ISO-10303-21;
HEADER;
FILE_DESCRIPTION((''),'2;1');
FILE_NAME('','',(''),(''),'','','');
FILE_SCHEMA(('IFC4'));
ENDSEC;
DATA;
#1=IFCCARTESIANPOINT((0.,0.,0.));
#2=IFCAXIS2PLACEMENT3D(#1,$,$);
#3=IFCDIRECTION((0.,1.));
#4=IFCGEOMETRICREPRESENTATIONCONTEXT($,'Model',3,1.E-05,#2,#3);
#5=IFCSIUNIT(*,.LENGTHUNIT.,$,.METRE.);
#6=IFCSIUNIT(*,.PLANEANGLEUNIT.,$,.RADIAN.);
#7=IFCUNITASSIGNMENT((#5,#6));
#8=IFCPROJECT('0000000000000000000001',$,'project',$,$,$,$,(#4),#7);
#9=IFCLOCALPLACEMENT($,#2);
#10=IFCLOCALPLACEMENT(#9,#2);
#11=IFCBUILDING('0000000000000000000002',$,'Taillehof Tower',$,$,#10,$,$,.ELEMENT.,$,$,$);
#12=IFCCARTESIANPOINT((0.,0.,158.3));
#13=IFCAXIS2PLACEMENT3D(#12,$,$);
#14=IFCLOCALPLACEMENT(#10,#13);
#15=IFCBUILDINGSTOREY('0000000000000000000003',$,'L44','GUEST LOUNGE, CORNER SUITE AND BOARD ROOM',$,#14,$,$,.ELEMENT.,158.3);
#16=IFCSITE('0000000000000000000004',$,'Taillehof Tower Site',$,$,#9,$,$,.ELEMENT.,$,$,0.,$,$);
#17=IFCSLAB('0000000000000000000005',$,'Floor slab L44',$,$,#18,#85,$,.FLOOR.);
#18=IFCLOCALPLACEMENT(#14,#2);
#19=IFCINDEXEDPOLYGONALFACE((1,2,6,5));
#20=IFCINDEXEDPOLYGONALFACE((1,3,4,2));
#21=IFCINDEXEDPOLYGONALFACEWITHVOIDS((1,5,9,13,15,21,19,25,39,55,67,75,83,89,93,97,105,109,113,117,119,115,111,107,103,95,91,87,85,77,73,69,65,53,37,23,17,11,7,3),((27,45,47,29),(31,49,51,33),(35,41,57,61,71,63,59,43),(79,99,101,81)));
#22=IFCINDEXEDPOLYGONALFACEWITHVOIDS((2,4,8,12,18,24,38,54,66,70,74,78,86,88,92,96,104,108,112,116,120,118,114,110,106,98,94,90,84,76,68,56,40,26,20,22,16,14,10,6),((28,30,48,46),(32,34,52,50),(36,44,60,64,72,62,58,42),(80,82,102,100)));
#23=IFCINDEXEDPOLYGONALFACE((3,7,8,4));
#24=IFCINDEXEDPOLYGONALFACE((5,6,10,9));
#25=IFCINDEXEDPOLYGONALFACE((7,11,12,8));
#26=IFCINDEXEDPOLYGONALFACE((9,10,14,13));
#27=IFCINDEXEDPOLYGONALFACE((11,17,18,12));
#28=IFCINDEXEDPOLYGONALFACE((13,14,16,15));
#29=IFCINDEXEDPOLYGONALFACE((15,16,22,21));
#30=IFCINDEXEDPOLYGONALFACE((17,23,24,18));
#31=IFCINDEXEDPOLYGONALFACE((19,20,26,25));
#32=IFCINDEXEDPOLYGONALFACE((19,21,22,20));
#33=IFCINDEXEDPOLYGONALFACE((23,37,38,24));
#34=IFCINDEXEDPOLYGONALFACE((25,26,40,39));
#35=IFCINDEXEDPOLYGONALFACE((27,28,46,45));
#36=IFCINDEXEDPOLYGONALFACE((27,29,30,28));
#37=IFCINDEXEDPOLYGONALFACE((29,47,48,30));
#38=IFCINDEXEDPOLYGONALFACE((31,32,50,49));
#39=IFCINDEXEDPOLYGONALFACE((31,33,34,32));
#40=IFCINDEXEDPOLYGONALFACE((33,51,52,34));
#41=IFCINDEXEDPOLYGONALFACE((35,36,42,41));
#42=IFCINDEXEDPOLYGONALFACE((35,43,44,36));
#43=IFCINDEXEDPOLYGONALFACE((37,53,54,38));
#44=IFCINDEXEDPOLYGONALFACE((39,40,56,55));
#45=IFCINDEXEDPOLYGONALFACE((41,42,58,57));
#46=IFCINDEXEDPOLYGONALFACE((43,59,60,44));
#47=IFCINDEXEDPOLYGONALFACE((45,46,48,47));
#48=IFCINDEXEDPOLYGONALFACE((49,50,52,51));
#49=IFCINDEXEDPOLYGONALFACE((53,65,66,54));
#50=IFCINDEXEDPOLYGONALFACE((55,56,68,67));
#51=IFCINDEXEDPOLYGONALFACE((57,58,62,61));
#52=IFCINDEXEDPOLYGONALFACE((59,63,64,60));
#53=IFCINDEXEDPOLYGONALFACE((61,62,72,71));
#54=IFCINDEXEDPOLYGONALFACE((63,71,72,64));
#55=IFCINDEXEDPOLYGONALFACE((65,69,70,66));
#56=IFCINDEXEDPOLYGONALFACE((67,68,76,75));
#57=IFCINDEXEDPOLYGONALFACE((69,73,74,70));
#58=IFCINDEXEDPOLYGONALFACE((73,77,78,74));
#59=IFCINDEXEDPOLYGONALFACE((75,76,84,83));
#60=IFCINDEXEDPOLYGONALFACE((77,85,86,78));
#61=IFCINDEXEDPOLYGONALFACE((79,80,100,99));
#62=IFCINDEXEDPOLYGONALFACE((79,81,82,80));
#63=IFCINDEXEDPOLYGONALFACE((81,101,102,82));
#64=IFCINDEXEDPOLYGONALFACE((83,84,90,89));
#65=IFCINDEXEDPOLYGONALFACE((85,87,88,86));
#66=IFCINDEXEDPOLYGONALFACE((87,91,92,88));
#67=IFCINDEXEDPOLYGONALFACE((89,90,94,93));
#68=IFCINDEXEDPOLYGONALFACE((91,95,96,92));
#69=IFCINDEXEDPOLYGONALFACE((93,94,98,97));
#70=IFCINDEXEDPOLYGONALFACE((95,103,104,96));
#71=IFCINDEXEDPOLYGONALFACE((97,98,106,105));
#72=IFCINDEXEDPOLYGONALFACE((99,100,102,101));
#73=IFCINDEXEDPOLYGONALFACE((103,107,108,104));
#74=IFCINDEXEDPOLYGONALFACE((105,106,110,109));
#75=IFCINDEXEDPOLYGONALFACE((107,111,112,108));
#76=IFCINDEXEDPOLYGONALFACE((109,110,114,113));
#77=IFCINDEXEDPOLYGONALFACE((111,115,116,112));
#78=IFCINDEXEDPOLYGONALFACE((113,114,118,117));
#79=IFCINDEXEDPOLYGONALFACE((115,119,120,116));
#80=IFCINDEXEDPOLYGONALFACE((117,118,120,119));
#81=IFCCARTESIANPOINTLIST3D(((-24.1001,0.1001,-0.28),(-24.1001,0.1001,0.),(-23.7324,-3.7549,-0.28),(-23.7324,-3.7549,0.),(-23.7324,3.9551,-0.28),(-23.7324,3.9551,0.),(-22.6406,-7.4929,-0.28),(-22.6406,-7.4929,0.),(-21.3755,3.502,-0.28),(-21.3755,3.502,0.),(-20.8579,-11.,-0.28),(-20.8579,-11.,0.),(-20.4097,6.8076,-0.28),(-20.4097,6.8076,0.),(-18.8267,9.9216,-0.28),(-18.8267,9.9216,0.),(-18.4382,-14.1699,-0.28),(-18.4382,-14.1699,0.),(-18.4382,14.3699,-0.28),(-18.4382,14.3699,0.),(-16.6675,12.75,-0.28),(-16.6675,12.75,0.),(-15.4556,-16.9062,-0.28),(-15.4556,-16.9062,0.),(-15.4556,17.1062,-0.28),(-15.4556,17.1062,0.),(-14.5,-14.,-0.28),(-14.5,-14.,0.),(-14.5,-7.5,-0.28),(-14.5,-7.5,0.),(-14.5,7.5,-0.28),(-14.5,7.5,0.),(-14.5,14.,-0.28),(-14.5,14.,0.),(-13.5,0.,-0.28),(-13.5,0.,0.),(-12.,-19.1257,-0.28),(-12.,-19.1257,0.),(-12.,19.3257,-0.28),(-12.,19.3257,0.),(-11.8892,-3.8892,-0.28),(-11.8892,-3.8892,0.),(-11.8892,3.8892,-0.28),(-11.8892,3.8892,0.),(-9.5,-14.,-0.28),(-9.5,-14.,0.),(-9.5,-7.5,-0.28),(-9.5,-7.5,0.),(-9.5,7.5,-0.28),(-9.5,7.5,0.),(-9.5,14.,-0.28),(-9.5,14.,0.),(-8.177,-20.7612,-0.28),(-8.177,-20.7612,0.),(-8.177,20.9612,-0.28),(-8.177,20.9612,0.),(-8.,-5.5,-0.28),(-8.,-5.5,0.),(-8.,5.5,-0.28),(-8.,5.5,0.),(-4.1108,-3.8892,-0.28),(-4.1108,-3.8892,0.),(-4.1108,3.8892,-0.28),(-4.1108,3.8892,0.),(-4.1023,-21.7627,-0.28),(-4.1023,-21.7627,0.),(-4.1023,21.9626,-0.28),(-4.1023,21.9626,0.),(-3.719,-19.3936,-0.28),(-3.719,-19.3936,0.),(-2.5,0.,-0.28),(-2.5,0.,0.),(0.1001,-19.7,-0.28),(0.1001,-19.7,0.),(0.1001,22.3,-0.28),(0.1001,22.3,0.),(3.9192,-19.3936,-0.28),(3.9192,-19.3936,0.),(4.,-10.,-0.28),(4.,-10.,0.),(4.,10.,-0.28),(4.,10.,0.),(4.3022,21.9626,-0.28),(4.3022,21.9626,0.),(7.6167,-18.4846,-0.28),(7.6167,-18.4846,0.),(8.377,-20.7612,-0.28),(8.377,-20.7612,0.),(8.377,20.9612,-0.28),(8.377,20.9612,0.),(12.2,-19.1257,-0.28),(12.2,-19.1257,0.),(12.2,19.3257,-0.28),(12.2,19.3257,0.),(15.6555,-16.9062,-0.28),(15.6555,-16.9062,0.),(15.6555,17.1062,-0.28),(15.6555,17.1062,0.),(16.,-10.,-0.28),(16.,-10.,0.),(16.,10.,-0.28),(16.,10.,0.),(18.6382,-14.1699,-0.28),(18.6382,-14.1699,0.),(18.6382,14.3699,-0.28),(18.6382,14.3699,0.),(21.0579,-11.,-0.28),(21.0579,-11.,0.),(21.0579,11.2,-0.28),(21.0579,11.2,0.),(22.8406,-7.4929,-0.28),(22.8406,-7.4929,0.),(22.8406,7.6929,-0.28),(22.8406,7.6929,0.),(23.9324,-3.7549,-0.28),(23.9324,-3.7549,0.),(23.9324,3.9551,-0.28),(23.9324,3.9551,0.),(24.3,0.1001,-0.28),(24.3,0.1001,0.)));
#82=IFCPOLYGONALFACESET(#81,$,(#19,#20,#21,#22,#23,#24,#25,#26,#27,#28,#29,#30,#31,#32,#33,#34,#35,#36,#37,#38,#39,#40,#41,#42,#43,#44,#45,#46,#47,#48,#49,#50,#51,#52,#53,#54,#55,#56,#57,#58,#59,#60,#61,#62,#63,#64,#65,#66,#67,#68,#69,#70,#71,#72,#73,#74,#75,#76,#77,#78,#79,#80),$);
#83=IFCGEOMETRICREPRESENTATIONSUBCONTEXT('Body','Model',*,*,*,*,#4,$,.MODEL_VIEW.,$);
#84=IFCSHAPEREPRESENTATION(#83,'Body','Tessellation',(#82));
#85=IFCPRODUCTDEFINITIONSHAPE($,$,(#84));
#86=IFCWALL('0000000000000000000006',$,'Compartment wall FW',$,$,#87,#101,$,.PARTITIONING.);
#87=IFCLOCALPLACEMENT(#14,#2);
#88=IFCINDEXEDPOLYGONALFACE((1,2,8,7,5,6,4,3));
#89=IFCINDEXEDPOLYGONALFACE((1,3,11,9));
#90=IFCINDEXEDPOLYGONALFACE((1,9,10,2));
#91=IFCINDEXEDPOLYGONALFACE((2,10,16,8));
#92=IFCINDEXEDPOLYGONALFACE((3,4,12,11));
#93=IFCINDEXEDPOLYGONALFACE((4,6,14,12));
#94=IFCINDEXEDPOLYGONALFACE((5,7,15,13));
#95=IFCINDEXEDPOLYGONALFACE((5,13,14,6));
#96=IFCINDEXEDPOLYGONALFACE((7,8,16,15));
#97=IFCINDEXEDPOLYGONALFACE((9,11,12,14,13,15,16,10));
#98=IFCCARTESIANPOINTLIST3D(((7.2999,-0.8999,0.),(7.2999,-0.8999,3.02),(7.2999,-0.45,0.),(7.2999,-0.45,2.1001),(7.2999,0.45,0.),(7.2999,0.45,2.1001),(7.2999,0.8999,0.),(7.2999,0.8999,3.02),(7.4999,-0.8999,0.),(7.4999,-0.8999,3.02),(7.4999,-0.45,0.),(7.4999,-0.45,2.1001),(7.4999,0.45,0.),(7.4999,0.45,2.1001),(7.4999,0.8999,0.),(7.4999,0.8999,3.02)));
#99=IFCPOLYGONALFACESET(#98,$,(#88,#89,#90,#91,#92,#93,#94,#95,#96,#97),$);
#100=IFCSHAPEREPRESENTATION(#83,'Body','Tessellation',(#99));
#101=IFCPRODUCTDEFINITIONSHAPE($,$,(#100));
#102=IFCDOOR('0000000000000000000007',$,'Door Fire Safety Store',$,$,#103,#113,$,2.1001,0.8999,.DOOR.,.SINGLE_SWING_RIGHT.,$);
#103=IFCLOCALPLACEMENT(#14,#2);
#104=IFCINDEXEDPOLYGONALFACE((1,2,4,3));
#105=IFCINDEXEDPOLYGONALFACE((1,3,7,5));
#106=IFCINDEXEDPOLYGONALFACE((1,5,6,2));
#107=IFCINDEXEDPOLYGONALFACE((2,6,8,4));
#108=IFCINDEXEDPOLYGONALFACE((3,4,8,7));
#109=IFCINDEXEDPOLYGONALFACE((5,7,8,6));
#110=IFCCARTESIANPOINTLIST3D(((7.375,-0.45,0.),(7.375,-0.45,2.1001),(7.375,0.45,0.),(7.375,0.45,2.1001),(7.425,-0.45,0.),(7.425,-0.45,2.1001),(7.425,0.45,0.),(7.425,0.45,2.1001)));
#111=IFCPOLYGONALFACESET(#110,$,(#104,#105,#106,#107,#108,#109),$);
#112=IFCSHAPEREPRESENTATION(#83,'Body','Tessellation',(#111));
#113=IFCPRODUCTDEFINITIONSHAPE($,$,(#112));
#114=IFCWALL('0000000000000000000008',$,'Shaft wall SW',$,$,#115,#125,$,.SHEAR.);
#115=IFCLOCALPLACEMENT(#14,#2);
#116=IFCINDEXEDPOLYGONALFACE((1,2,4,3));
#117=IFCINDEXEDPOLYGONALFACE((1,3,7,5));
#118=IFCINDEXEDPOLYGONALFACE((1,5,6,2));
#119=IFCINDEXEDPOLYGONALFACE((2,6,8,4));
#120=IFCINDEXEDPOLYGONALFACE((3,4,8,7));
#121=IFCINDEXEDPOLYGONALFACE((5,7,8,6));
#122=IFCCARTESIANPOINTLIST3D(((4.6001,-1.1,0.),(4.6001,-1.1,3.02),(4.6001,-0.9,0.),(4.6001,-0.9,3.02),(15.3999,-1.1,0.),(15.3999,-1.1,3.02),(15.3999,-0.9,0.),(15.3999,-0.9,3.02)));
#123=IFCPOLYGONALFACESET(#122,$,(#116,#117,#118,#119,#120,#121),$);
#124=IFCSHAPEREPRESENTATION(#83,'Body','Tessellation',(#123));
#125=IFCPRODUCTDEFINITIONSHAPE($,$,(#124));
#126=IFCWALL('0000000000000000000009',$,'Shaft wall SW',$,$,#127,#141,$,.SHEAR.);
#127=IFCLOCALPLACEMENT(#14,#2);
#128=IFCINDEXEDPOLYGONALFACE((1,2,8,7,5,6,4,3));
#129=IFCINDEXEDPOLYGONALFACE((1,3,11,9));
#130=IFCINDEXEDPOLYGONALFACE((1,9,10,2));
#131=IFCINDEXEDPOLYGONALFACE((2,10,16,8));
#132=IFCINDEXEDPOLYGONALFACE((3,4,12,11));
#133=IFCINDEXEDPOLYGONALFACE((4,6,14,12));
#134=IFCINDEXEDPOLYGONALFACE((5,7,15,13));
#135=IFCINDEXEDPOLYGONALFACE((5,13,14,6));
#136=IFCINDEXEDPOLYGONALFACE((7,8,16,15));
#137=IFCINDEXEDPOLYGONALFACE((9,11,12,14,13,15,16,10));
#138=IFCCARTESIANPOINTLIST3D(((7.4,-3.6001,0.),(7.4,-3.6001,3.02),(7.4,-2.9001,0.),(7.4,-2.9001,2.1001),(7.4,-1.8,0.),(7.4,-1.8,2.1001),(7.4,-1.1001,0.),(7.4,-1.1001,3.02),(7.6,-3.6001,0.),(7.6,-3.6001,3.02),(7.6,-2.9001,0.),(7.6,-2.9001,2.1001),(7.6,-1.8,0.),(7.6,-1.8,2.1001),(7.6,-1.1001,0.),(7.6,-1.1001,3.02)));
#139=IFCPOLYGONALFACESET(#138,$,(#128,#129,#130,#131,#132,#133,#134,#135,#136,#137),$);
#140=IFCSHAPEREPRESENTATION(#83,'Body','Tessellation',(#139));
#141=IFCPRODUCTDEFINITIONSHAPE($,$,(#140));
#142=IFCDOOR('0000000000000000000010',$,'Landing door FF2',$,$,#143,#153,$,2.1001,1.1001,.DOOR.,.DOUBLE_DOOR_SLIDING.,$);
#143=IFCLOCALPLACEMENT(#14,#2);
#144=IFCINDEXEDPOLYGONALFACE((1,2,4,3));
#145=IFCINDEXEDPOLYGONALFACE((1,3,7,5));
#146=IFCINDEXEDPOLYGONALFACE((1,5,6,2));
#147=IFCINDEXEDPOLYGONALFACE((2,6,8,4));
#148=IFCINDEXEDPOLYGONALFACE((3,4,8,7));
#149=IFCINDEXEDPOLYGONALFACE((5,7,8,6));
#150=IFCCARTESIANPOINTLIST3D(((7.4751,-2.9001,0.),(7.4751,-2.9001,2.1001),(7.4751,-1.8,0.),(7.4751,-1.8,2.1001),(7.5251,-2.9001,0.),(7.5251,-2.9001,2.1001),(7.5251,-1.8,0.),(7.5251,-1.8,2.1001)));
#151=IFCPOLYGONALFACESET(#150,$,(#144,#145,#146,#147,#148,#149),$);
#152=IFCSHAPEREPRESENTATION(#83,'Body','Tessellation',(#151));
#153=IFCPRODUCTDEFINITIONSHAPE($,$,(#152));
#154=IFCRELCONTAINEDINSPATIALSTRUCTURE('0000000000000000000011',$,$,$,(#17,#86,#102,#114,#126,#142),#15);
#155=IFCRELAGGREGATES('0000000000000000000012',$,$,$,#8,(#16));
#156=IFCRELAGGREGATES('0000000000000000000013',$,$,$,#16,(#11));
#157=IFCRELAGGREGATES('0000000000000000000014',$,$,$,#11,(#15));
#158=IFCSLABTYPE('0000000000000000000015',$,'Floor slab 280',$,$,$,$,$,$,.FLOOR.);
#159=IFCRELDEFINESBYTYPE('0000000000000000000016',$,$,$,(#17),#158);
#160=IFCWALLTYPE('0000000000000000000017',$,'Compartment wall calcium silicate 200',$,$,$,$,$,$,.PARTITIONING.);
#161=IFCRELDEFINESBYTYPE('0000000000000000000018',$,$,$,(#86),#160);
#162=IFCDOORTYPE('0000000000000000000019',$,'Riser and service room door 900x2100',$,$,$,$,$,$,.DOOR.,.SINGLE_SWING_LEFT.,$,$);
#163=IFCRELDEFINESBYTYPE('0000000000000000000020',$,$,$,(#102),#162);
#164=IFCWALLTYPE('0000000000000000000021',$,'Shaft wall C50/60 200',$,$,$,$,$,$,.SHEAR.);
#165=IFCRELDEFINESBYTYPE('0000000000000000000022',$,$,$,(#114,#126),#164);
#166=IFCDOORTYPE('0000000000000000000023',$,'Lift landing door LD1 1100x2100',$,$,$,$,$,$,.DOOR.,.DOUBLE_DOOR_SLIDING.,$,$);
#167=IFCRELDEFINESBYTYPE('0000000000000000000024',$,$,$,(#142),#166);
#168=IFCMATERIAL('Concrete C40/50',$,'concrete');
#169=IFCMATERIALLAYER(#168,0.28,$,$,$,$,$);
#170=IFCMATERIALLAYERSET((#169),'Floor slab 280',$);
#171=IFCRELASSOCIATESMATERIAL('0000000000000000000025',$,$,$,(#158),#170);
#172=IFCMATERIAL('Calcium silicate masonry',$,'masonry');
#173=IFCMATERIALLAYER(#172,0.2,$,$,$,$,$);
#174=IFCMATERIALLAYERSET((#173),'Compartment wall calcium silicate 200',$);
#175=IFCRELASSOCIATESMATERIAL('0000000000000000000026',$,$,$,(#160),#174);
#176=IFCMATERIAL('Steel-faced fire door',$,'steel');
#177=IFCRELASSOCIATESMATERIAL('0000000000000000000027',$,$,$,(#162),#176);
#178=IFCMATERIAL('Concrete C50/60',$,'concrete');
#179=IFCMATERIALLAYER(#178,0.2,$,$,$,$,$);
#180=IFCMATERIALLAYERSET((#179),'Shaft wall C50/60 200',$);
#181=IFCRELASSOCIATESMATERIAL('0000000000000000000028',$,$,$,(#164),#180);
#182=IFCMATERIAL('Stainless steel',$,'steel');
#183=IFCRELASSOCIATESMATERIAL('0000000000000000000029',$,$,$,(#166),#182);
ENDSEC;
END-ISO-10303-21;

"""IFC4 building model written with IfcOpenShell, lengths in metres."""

from ifc_helpers import new_model, si_unit, direction, frame, frame_2d, origin, place, context, subcontext, project, spatial, polyline, rectangle, outline, extrude, material, layer, layer_set, type_object, element, fill, save


model = new_model("IFC4")

# Units and contexts
model_context = context("Model", 3, precision=1e-05, world=origin(), true_north=direction((0.0, 1.0)))
body_context = subcontext(model_context, "Body", "Model", "MODEL_VIEW")
ifc_project = project(units=[si_unit("LENGTHUNIT", "METRE"), si_unit("PLANEANGLEUNIT", "RADIAN")], contexts=[model_context])

# Site, building, storey
site_placement = place(None, origin())
site = spatial("IfcSite", under=ifc_project, at=site_placement, Name="Taillehof Tower Site", CompositionType="ELEMENT", RefElevation=0.0)
building_placement = place(site_placement, origin())
building = spatial("IfcBuilding", under=site, at=building_placement, Name="Taillehof Tower", CompositionType="ELEMENT")
storey_placement = place(building_placement, frame((0.0, 0.0, 158.3)))
storey = spatial("IfcBuildingStorey", under=building, at=storey_placement, Name="L44", Description="GUEST LOUNGE, CORNER SUITE AND BOARD ROOM", CompositionType="ELEMENT", Elevation=158.3)

# Slab
ifc_material_1 = material(Name="Concrete C40/50", Category="concrete")
ifc_layer_1 = layer(ifc_material_1, 0.28)
ifc_layer_set_1 = layer_set([ifc_layer_1], Name="Floor slab 280")
slab_type_1 = type_object("IfcSlabType", Name="Floor slab 280", PredefinedType="FLOOR", material=ifc_layer_set_1)
slab_1_placement = place(storey_placement, frame((0.0, 0.0, -0.28)))
element("IfcSlab", 1, at=slab_1_placement, inside=storey, type_object=slab_type_1, Name="Floor slab L44", PredefinedType="FLOOR", context=body_context, shape_type="SweptSolid", body=[
    extrude(outline(polyline([(24.3, 0.1001), (23.9324, 3.9551), (22.8406, 7.6929), (21.0579, 11.2), (18.6382, 14.3699), (15.6555, 17.1062), (12.2, 19.3257), (8.377, 20.9612), (4.3022, 21.9626), (0.1001, 22.3), (-4.1023, 21.9626), (-8.177, 20.9612), (-12.0, 19.3257), (-15.4556, 17.1062), (-18.4382, 14.3699), (-16.6675, 12.75), (-18.8267, 9.9216), (-20.4097, 6.8076), (-21.3755, 3.502), (-23.7324, 3.9551), (-24.1001, 0.1001), (-23.7324, -3.7549), (-22.6406, -7.4929), (-20.8579, -11.0), (-18.4382, -14.1699), (-15.4556, -16.9062), (-12.0, -19.1257), (-8.177, -20.7612), (-4.1023, -21.7627), (-3.719, -19.3936), (0.1001, -19.7), (3.9192, -19.3936), (7.6167, -18.4846), (8.377, -20.7612), (12.2, -19.1257), (15.6555, -16.9062), (18.6382, -14.1699), (21.0579, -11.0), (22.8406, -7.4929), (23.9324, -3.7549), (24.3, 0.1001)]), holes=[polyline([(-14.5, -7.5), (-9.5, -7.5), (-9.5, -14.0), (-14.5, -14.0), (-14.5, -7.5)]), polyline([(-8.0, -5.5), (-11.8892, -3.8892), (-13.5, 0.0), (-11.8892, 3.8892), (-8.0, 5.5), (-4.1108, 3.8892), (-2.5, 0.0), (-4.1108, -3.8892), (-8.0, -5.5)]), polyline([(16.0, 10.0), (16.0, -10.0), (4.0, -10.0), (4.0, 10.0), (16.0, 10.0)]), polyline([(-14.5, 14.0), (-9.5, 14.0), (-9.5, 7.5), (-14.5, 7.5), (-14.5, 14.0)])]), origin(), (0.0, 0.0, 1.0), 0.28),
])

# Wall, opening, door
ifc_material_2 = material(Name="Calcium silicate masonry", Category="masonry")
ifc_layer_2 = layer(ifc_material_2, 0.2)
ifc_layer_set_2 = layer_set([ifc_layer_2], Name="Compartment wall calcium silicate 200")
wall_type_1 = type_object("IfcWallType", Name="Compartment wall calcium silicate 200", PredefinedType="PARTITIONING", material=ifc_layer_set_2)
wall_1_placement = place(storey_placement, frame((7.3999, -0.8999, 0.0), z_axis=(0.0, 0.0, 1.0), x_axis=(0.0, 1.0, 0.0)))
wall_1 = element("IfcWall", 2, at=wall_1_placement, inside=storey, type_object=wall_type_1, Name="Compartment wall FW", PredefinedType="PARTITIONING", context=body_context, shape_type="SweptSolid", body=[
    extrude(rectangle(XDim=1.7998, YDim=0.2, at=frame_2d((0.8999, 0.0))), origin(), (0.0, 0.0, 1.0), 3.02),
])
opening_1_placement = place(wall_1_placement, frame((0.45, 0.0, 0.0)))
opening_1 = element("IfcOpeningElement", 3, at=opening_1_placement, cuts=wall_1, PredefinedType="OPENING", context=body_context, shape_type="SweptSolid", body=[
    extrude(rectangle(XDim=0.8999, YDim=2.1001, at=frame_2d((0.45, 1.05))), frame((0.0, 0.1099, 0.0), z_axis=(0.0, -1.0, 0.0), x_axis=(1.0, 0.0, 0.0)), (0.0, 0.0, 1.0), 0.22),
])
ifc_material_3 = material(Name="Steel-faced fire door", Category="steel")
door_type_1 = type_object("IfcDoorType", Name="Riser and service room door 900x2100", OperationType="SINGLE_SWING_LEFT", PredefinedType="DOOR", material=ifc_material_3)
door_1_placement = place(opening_1_placement, origin())
door_1 = element("IfcDoor", 4, at=door_1_placement, inside=storey, type_object=door_type_1, Name="Door Fire Safety Store", OperationType="SINGLE_SWING_RIGHT", OverallHeight=2.1001, OverallWidth=0.8999, PredefinedType="DOOR", context=body_context, shape_type="SweptSolid", body=[
    extrude(rectangle(XDim=0.8999, YDim=2.1001, at=frame_2d((0.45, 1.05))), frame((0.0, 0.0249, 0.0), z_axis=(0.0, -1.0, 0.0), x_axis=(1.0, 0.0, 0.0)), (0.0, 0.0, 1.0), 0.05),
])
fill(opening_1, door_1)

# Wall
ifc_material_4 = material(Name="Concrete C50/60", Category="concrete")
ifc_layer_3 = layer(ifc_material_4, 0.2)
ifc_layer_set_3 = layer_set([ifc_layer_3], Name="Shaft wall C50/60 200")
wall_type_2 = type_object("IfcWallType", Name="Shaft wall C50/60 200", PredefinedType="SHEAR", material=ifc_layer_set_3)
wall_2_placement = place(storey_placement, frame((4.6001, -1.0, 0.0), z_axis=(0.0, 0.0, 1.0), x_axis=(1.0, 0.0, 0.0)))
element("IfcWall", 5, at=wall_2_placement, inside=storey, type_object=wall_type_2, Name="Shaft wall SW", PredefinedType="SHEAR", context=body_context, shape_type="SweptSolid", body=[
    extrude(rectangle(XDim=10.7998, YDim=0.2, at=frame_2d((5.3999, 0.0))), origin(), (0.0, 0.0, 1.0), 3.02),
])

# Wall, opening, door
wall_3_placement = place(storey_placement, frame((7.5, -3.6001, 0.0), z_axis=(0.0, 0.0, 1.0), x_axis=(0.0, 1.0, 0.0)))
wall_3 = element("IfcWall", 6, at=wall_3_placement, inside=storey, type_object=wall_type_2, Name="Shaft wall SW", PredefinedType="SHEAR", context=body_context, shape_type="SweptSolid", body=[
    extrude(rectangle(XDim=2.5, YDim=0.2, at=frame_2d((1.25, 0.0))), origin(), (0.0, 0.0, 1.0), 3.02),
])
opening_2_placement = place(wall_3_placement, frame((0.7, 0.0, 0.0)))
opening_2 = element("IfcOpeningElement", 7, at=opening_2_placement, cuts=wall_3, PredefinedType="OPENING", context=body_context, shape_type="SweptSolid", body=[
    extrude(rectangle(XDim=1.1001, YDim=2.1001, at=frame_2d((0.55, 1.05))), frame((0.0, 0.1099, 0.0), z_axis=(0.0, -1.0, 0.0), x_axis=(1.0, 0.0, 0.0)), (0.0, 0.0, 1.0), 0.22),
])
ifc_material_5 = material(Name="Stainless steel", Category="steel")
door_type_2 = type_object("IfcDoorType", Name="Lift landing door LD1 1100x2100", OperationType="DOUBLE_DOOR_SLIDING", PredefinedType="DOOR", material=ifc_material_5)
door_2_placement = place(opening_2_placement, origin())
door_2 = element("IfcDoor", 8, at=door_2_placement, inside=storey, type_object=door_type_2, Name="Landing door FF2", OperationType="DOUBLE_DOOR_SLIDING", OverallHeight=2.1001, OverallWidth=1.1001, PredefinedType="DOOR", context=body_context, shape_type="SweptSolid", body=[
    extrude(rectangle(XDim=1.1001, YDim=2.1001, at=frame_2d((0.55, 1.05))), frame((0.0, 0.0249, 0.0), z_axis=(0.0, -1.0, 0.0), x_axis=(1.0, 0.0, 0.0)), (0.0, 0.0, 1.0), 0.05),
])
fill(opening_2, door_2)

save(model, "model.ifc")
